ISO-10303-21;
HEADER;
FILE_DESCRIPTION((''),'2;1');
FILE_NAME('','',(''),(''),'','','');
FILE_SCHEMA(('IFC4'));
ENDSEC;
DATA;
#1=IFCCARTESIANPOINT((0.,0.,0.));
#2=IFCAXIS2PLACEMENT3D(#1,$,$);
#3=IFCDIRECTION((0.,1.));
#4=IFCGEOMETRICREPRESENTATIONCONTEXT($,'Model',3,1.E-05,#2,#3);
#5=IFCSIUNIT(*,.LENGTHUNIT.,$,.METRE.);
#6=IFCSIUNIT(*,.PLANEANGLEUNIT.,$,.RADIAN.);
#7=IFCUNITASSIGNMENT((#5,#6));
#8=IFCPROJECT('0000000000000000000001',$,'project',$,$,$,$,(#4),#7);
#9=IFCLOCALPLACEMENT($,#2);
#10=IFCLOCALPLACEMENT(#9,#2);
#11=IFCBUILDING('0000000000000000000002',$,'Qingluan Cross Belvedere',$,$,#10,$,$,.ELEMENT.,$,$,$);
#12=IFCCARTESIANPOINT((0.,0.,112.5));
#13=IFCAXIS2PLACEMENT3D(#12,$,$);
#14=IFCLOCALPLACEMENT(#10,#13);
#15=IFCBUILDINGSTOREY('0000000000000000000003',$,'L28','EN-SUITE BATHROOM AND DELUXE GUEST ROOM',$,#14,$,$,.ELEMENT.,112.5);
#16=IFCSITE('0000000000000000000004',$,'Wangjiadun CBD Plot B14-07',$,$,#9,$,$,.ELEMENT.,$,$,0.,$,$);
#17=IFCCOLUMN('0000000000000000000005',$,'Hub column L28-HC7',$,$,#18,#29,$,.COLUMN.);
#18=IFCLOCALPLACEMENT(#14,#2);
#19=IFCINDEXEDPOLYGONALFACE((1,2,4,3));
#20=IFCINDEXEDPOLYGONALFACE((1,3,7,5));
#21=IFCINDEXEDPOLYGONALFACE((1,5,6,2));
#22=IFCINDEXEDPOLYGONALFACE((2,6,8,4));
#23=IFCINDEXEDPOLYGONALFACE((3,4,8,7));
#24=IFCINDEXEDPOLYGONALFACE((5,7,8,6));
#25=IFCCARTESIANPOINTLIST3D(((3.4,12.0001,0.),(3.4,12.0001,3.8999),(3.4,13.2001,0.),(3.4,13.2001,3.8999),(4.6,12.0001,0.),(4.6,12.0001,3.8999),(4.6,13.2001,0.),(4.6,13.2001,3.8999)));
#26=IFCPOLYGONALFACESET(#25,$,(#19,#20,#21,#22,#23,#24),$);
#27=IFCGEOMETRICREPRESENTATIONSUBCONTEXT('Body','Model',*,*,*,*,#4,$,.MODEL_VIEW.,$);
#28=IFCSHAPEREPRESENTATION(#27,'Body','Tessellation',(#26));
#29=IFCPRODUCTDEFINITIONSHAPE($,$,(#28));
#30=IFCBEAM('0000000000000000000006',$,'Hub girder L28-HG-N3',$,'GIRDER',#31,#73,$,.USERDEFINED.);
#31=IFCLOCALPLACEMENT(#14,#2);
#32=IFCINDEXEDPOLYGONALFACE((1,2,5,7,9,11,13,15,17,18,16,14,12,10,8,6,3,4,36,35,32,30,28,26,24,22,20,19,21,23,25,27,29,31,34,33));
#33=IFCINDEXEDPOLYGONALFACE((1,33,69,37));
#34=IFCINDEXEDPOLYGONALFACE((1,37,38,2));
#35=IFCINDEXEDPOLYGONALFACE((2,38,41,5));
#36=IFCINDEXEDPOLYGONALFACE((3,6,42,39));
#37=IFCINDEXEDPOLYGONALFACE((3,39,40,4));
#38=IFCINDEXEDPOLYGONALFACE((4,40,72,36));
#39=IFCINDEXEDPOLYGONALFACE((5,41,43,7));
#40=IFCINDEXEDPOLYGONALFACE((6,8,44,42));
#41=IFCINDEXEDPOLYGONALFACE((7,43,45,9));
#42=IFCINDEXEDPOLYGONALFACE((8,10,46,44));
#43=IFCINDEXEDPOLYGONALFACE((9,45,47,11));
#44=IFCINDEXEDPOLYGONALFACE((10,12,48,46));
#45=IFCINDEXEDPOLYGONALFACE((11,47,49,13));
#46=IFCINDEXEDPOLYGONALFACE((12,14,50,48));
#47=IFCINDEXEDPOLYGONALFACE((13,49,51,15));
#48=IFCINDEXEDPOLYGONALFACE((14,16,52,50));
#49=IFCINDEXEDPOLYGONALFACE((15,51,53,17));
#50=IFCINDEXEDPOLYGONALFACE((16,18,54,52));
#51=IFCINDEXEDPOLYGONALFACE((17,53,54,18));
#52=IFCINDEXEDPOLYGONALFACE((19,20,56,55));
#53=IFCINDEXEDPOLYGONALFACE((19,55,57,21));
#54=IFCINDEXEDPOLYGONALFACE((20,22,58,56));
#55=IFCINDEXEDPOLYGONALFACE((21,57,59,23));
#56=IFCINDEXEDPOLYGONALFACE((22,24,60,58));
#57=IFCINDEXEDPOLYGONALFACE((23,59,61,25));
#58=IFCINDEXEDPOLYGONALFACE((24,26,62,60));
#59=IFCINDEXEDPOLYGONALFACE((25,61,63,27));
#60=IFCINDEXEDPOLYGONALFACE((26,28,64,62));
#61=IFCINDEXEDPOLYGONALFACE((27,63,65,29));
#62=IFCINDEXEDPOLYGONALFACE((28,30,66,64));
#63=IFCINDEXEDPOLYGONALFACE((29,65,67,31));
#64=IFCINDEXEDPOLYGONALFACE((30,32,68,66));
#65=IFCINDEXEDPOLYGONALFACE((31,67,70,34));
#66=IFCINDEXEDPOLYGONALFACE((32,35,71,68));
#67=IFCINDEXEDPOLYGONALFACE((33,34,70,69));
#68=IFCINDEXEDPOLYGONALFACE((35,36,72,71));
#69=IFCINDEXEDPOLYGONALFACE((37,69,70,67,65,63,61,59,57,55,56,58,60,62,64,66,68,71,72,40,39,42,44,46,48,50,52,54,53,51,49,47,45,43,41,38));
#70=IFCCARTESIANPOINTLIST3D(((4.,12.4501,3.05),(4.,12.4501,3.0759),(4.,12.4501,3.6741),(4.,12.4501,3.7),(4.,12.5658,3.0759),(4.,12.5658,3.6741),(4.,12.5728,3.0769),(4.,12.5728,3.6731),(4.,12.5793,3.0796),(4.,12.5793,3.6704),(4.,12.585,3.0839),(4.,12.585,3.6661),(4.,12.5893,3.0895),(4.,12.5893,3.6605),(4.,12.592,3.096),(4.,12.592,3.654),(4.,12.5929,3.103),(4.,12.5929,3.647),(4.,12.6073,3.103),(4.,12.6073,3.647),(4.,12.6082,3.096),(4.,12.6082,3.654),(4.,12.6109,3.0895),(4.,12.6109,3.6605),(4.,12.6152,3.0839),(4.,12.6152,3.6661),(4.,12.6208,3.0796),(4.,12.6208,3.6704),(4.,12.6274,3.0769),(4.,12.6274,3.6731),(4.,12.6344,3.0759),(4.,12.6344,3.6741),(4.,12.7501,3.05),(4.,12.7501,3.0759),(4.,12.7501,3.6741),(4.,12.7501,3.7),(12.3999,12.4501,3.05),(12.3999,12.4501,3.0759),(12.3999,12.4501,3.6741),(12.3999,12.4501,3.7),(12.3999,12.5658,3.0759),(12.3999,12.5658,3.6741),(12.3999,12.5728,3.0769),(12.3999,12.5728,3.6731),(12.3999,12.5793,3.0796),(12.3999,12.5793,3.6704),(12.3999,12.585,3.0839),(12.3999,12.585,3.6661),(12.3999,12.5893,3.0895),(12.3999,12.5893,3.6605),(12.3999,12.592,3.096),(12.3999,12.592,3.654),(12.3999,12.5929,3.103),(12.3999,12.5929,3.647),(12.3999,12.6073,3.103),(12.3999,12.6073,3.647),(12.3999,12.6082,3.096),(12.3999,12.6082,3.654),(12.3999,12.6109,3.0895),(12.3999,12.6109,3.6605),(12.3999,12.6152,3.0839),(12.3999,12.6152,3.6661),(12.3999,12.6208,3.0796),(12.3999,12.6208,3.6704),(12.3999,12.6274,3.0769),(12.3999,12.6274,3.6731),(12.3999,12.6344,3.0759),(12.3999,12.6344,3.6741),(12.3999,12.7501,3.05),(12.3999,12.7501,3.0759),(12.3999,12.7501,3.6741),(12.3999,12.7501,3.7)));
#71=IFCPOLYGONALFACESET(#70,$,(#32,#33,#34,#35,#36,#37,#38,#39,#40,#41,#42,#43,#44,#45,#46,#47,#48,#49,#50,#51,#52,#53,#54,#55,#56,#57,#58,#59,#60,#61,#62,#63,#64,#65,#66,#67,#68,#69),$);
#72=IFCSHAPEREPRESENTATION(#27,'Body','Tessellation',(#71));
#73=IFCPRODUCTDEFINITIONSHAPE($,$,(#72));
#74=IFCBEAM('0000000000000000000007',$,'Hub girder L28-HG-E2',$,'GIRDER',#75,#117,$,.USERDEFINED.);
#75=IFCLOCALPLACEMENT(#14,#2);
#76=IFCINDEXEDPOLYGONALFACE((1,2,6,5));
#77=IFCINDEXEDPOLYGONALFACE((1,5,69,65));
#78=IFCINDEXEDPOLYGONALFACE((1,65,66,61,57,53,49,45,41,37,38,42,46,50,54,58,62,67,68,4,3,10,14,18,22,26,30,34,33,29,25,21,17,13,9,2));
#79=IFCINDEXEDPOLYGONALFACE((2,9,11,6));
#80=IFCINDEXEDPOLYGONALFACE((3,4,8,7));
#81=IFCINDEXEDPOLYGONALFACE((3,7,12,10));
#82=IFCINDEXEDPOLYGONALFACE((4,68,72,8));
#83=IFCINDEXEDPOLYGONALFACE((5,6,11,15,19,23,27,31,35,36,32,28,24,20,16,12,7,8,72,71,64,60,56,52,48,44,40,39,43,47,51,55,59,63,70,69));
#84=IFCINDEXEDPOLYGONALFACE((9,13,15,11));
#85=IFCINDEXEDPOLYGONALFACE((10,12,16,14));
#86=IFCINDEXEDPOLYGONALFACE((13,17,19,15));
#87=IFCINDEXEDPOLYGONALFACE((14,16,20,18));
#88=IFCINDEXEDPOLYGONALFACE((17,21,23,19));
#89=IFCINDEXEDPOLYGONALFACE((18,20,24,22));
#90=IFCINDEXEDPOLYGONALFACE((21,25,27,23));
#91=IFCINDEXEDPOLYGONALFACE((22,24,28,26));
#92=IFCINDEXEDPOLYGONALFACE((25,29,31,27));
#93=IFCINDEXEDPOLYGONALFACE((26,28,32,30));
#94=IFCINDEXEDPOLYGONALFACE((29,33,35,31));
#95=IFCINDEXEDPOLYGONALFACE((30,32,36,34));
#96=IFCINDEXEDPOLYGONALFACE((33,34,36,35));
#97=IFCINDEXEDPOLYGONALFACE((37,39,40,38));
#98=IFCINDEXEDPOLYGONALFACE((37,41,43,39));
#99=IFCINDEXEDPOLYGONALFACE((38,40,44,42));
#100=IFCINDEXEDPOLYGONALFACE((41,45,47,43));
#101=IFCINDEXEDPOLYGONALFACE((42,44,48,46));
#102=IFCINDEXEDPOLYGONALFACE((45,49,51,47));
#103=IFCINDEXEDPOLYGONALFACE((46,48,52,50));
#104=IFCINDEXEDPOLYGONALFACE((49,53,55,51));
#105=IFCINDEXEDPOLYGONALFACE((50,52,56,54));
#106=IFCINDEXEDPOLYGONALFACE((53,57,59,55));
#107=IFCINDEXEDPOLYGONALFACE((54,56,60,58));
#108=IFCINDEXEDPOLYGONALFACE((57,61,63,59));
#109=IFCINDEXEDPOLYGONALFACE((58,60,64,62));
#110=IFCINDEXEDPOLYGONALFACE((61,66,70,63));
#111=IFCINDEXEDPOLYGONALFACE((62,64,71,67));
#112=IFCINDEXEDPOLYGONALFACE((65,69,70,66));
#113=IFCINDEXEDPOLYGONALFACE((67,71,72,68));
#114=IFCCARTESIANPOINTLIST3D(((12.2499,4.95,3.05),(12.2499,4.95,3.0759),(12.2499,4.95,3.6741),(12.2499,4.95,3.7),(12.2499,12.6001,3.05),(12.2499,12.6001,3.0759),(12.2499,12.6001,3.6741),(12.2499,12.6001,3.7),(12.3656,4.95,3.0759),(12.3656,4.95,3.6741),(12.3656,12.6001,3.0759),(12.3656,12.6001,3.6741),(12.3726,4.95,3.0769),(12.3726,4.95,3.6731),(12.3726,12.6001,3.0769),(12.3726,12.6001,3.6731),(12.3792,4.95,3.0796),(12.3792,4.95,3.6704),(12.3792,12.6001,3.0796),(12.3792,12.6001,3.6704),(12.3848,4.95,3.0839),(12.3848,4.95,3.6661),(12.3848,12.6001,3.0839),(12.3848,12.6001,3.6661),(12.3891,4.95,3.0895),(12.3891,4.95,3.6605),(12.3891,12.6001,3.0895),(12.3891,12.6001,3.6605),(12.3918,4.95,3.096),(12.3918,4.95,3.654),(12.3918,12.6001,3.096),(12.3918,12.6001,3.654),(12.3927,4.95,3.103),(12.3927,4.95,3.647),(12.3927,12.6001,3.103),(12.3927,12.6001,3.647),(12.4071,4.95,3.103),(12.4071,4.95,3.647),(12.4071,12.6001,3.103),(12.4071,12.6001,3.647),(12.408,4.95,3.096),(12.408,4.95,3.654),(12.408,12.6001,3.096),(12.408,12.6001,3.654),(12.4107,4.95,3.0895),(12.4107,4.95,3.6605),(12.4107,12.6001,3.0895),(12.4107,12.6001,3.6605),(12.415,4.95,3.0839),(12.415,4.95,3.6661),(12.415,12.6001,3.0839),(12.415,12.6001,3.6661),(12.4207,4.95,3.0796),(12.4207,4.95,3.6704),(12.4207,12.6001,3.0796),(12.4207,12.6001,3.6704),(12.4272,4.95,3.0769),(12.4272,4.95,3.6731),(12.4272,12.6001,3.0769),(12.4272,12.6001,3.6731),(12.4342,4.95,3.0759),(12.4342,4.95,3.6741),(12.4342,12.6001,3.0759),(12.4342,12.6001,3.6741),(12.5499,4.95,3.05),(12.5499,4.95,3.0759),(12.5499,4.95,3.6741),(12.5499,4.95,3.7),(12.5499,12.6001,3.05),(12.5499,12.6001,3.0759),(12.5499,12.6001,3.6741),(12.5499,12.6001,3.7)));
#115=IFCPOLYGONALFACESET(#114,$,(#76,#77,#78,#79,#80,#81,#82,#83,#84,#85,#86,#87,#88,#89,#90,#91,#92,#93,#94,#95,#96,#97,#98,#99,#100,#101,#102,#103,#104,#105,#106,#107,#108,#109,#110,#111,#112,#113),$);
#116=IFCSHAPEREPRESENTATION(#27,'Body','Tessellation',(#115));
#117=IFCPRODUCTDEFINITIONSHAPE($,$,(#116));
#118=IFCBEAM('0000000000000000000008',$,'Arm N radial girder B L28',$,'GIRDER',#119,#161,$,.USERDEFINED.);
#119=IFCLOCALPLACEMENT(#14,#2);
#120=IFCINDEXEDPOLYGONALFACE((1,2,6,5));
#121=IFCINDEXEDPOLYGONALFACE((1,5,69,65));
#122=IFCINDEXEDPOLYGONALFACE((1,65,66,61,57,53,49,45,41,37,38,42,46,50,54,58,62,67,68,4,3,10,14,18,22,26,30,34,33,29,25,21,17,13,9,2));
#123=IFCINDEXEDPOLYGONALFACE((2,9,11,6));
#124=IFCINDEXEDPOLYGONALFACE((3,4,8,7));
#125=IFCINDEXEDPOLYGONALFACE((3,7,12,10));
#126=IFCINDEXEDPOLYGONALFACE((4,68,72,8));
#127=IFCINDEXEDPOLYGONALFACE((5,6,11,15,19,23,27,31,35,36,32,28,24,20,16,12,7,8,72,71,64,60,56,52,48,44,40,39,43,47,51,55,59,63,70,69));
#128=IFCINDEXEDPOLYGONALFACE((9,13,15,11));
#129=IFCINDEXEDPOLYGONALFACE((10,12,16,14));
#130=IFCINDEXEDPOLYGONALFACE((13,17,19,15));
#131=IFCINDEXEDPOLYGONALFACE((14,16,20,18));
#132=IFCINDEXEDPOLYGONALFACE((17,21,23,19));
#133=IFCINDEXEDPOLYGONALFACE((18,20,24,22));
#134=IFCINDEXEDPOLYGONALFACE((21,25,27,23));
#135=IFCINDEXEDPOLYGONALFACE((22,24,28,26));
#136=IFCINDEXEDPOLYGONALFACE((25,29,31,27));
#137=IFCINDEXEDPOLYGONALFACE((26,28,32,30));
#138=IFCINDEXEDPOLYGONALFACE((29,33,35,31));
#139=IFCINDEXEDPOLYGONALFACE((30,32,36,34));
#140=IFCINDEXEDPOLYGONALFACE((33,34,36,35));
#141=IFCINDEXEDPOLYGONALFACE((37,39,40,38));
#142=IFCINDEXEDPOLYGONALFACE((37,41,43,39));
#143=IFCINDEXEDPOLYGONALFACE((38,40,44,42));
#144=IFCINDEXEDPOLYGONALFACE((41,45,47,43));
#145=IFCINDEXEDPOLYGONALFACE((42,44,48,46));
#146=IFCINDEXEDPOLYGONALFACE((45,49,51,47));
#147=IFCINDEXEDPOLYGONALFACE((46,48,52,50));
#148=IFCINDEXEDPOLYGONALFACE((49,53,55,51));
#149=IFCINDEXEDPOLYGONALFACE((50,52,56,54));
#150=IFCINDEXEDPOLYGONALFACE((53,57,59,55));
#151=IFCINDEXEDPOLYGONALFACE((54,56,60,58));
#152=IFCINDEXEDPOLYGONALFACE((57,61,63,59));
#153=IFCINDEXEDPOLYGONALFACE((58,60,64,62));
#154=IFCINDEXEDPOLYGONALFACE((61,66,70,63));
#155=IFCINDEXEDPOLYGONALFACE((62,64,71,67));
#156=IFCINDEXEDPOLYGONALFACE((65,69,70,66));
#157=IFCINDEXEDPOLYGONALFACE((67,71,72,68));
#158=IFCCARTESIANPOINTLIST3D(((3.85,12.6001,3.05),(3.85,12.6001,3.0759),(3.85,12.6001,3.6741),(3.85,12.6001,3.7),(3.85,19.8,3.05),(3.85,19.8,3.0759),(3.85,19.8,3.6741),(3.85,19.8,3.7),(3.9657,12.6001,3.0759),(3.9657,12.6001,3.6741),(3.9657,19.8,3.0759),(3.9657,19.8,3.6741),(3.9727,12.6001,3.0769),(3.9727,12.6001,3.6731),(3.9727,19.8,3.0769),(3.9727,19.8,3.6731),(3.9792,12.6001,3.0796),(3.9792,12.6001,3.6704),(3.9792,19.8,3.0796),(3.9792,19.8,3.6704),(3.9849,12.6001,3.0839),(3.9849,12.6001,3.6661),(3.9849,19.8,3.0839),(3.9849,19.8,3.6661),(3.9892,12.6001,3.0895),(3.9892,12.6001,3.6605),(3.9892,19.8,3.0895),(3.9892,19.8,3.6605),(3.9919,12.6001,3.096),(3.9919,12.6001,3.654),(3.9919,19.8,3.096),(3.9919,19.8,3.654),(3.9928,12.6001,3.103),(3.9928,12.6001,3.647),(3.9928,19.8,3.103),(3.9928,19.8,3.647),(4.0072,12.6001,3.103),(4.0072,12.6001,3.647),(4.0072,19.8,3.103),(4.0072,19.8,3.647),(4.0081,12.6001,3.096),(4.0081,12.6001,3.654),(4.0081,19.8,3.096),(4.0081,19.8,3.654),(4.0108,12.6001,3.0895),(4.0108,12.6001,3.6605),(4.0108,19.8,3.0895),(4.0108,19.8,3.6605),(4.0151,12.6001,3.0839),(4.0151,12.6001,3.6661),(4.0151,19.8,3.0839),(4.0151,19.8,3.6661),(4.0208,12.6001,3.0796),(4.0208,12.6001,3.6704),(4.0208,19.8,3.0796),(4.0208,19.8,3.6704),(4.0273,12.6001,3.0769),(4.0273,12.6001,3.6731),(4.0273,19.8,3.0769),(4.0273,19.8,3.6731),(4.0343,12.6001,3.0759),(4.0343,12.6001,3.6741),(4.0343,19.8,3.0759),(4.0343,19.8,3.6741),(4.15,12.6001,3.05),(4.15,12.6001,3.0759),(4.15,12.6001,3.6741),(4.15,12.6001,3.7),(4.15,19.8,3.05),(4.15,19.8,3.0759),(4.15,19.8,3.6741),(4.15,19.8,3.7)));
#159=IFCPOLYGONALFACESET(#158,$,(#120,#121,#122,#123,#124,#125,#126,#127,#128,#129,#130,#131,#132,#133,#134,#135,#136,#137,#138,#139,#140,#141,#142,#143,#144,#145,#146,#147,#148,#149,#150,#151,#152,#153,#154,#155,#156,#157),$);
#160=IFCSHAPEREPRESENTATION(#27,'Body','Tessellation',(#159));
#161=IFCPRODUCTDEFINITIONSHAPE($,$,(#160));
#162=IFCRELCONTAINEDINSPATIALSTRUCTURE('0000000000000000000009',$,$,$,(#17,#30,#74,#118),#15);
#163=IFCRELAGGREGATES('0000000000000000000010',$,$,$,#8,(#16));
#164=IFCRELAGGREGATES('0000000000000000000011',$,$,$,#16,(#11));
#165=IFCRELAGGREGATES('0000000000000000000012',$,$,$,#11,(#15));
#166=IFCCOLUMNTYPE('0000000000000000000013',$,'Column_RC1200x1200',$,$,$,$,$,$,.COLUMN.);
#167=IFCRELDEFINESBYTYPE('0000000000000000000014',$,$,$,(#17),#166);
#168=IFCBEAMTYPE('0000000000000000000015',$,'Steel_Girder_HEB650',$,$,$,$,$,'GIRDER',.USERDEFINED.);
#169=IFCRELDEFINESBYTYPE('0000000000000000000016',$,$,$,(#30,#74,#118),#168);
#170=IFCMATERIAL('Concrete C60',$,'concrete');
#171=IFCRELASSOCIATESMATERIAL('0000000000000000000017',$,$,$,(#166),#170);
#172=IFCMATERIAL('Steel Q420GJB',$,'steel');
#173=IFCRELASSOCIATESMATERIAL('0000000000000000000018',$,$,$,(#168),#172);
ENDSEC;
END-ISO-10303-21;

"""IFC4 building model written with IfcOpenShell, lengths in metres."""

from ifc_helpers import new_model, si_unit, direction, frame, origin, origin_2d, place, context, subcontext, project, spatial, rectangle, i_section, extrude, material, material_profile, profile_set, type_object, element, save


model = new_model("IFC4")

# Units and contexts
model_context = context("Model", 3, precision=1e-05, world=origin(), true_north=direction((0.0, 1.0)))
body_context = subcontext(model_context, "Body", "Model", "MODEL_VIEW")
ifc_project = project(units=[si_unit("LENGTHUNIT", "METRE"), si_unit("PLANEANGLEUNIT", "RADIAN")], contexts=[model_context])

# Site, building, storey
site_placement = place(None, origin())
site = spatial("IfcSite", under=ifc_project, at=site_placement, Name="Wangjiadun CBD Plot B14-07", CompositionType="ELEMENT", RefElevation=0.0)
building_placement = place(site_placement, origin())
building = spatial("IfcBuilding", under=site, at=building_placement, Name="Qingluan Cross Belvedere", CompositionType="ELEMENT")
storey_placement = place(building_placement, frame((0.0, 0.0, 112.5)))
storey = spatial("IfcBuildingStorey", under=building, at=storey_placement, Name="L28", Description="EN-SUITE BATHROOM AND DELUXE GUEST ROOM", CompositionType="ELEMENT", Elevation=112.5)

# Column
ifc_material_1 = material(Name="Concrete C60", Category="concrete")
ifc_material_profile_1 = material_profile(ifc_material_1, rectangle(XDim=1.2, YDim=1.2, at=origin_2d()), Name="RC1200x1200")
ifc_profile_set_1 = profile_set([ifc_material_profile_1], Name="Concrete C60")
column_type = type_object("IfcColumnType", Name="Column_RC1200x1200", PredefinedType="COLUMN", material=ifc_profile_set_1)
column_placement = place(storey_placement, frame((4.0, 12.6001, 0.0), z_axis=(0.0, 0.0, 1.0), x_axis=(1.0, 0.0, 0.0)))
element("IfcColumn", 1, at=column_placement, inside=storey, type_object=column_type, Name="Hub column L28-HC7", PredefinedType="COLUMN", context=body_context, shape_type="SweptSolid", body=[
    extrude(rectangle(XDim=1.2, YDim=1.2, at=origin_2d()), origin(), (0.0, 0.0, 1.0), 3.8999),
])

# Beams
ifc_material_2 = material(Name="Steel Q420GJB", Category="steel")
ifc_material_profile_2 = material_profile(ifc_material_2, i_section(OverallWidth=0.3, OverallDepth=0.6499, WebThickness=0.0144, FlangeThickness=0.0259, FilletRadius=0.0271, at=origin_2d()), Name="HEB650")
ifc_profile_set_2 = profile_set([ifc_material_profile_2], Name="Steel Q420GJB")
beam_type = type_object("IfcBeamType", Name="Steel_Girder_HEB650", ElementType="GIRDER", PredefinedType="USERDEFINED", material=ifc_profile_set_2)
beam_1_placement = place(storey_placement, frame((4.0, 12.6001, 3.375), z_axis=(1.0, 0.0, 0.0), x_axis=(0.0, 1.0, 0.0)))
element("IfcBeam", 2, at=beam_1_placement, inside=storey, type_object=beam_type, Name="Hub girder L28-HG-N3", ObjectType="GIRDER", PredefinedType="USERDEFINED", context=body_context, shape_type="SweptSolid", body=[
    extrude(i_section(OverallWidth=0.3, OverallDepth=0.6499, WebThickness=0.0144, FlangeThickness=0.0259, FilletRadius=0.0271, at=origin_2d()), origin(), (0.0, 0.0, 1.0), 8.3999),
])
beam_2_placement = place(storey_placement, frame((12.3999, 4.95, 3.375), z_axis=(0.0, 1.0, 0.0), x_axis=(-1.0, 0.0, 0.0)))
element("IfcBeam", 3, at=beam_2_placement, inside=storey, type_object=beam_type, Name="Hub girder L28-HG-E2", ObjectType="GIRDER", PredefinedType="USERDEFINED", context=body_context, shape_type="SweptSolid", body=[
    extrude(i_section(OverallWidth=0.3, OverallDepth=0.6499, WebThickness=0.0144, FlangeThickness=0.0259, FilletRadius=0.0271, at=origin_2d()), origin(), (0.0, 0.0, 1.0), 7.6501),
])
beam_3_placement = place(storey_placement, frame((4.0, 12.6001, 3.375), z_axis=(0.0, 1.0, 0.0), x_axis=(-1.0, 0.0, 0.0)))
element("IfcBeam", 4, at=beam_3_placement, inside=storey, type_object=beam_type, Name="Arm N radial girder B L28", ObjectType="GIRDER", PredefinedType="USERDEFINED", context=body_context, shape_type="SweptSolid", body=[
    extrude(i_section(OverallWidth=0.3, OverallDepth=0.6499, WebThickness=0.0144, FlangeThickness=0.0259, FilletRadius=0.0271, at=origin_2d()), origin(), (0.0, 0.0, 1.0), 7.2),
])

save(model, "model.ifc")
